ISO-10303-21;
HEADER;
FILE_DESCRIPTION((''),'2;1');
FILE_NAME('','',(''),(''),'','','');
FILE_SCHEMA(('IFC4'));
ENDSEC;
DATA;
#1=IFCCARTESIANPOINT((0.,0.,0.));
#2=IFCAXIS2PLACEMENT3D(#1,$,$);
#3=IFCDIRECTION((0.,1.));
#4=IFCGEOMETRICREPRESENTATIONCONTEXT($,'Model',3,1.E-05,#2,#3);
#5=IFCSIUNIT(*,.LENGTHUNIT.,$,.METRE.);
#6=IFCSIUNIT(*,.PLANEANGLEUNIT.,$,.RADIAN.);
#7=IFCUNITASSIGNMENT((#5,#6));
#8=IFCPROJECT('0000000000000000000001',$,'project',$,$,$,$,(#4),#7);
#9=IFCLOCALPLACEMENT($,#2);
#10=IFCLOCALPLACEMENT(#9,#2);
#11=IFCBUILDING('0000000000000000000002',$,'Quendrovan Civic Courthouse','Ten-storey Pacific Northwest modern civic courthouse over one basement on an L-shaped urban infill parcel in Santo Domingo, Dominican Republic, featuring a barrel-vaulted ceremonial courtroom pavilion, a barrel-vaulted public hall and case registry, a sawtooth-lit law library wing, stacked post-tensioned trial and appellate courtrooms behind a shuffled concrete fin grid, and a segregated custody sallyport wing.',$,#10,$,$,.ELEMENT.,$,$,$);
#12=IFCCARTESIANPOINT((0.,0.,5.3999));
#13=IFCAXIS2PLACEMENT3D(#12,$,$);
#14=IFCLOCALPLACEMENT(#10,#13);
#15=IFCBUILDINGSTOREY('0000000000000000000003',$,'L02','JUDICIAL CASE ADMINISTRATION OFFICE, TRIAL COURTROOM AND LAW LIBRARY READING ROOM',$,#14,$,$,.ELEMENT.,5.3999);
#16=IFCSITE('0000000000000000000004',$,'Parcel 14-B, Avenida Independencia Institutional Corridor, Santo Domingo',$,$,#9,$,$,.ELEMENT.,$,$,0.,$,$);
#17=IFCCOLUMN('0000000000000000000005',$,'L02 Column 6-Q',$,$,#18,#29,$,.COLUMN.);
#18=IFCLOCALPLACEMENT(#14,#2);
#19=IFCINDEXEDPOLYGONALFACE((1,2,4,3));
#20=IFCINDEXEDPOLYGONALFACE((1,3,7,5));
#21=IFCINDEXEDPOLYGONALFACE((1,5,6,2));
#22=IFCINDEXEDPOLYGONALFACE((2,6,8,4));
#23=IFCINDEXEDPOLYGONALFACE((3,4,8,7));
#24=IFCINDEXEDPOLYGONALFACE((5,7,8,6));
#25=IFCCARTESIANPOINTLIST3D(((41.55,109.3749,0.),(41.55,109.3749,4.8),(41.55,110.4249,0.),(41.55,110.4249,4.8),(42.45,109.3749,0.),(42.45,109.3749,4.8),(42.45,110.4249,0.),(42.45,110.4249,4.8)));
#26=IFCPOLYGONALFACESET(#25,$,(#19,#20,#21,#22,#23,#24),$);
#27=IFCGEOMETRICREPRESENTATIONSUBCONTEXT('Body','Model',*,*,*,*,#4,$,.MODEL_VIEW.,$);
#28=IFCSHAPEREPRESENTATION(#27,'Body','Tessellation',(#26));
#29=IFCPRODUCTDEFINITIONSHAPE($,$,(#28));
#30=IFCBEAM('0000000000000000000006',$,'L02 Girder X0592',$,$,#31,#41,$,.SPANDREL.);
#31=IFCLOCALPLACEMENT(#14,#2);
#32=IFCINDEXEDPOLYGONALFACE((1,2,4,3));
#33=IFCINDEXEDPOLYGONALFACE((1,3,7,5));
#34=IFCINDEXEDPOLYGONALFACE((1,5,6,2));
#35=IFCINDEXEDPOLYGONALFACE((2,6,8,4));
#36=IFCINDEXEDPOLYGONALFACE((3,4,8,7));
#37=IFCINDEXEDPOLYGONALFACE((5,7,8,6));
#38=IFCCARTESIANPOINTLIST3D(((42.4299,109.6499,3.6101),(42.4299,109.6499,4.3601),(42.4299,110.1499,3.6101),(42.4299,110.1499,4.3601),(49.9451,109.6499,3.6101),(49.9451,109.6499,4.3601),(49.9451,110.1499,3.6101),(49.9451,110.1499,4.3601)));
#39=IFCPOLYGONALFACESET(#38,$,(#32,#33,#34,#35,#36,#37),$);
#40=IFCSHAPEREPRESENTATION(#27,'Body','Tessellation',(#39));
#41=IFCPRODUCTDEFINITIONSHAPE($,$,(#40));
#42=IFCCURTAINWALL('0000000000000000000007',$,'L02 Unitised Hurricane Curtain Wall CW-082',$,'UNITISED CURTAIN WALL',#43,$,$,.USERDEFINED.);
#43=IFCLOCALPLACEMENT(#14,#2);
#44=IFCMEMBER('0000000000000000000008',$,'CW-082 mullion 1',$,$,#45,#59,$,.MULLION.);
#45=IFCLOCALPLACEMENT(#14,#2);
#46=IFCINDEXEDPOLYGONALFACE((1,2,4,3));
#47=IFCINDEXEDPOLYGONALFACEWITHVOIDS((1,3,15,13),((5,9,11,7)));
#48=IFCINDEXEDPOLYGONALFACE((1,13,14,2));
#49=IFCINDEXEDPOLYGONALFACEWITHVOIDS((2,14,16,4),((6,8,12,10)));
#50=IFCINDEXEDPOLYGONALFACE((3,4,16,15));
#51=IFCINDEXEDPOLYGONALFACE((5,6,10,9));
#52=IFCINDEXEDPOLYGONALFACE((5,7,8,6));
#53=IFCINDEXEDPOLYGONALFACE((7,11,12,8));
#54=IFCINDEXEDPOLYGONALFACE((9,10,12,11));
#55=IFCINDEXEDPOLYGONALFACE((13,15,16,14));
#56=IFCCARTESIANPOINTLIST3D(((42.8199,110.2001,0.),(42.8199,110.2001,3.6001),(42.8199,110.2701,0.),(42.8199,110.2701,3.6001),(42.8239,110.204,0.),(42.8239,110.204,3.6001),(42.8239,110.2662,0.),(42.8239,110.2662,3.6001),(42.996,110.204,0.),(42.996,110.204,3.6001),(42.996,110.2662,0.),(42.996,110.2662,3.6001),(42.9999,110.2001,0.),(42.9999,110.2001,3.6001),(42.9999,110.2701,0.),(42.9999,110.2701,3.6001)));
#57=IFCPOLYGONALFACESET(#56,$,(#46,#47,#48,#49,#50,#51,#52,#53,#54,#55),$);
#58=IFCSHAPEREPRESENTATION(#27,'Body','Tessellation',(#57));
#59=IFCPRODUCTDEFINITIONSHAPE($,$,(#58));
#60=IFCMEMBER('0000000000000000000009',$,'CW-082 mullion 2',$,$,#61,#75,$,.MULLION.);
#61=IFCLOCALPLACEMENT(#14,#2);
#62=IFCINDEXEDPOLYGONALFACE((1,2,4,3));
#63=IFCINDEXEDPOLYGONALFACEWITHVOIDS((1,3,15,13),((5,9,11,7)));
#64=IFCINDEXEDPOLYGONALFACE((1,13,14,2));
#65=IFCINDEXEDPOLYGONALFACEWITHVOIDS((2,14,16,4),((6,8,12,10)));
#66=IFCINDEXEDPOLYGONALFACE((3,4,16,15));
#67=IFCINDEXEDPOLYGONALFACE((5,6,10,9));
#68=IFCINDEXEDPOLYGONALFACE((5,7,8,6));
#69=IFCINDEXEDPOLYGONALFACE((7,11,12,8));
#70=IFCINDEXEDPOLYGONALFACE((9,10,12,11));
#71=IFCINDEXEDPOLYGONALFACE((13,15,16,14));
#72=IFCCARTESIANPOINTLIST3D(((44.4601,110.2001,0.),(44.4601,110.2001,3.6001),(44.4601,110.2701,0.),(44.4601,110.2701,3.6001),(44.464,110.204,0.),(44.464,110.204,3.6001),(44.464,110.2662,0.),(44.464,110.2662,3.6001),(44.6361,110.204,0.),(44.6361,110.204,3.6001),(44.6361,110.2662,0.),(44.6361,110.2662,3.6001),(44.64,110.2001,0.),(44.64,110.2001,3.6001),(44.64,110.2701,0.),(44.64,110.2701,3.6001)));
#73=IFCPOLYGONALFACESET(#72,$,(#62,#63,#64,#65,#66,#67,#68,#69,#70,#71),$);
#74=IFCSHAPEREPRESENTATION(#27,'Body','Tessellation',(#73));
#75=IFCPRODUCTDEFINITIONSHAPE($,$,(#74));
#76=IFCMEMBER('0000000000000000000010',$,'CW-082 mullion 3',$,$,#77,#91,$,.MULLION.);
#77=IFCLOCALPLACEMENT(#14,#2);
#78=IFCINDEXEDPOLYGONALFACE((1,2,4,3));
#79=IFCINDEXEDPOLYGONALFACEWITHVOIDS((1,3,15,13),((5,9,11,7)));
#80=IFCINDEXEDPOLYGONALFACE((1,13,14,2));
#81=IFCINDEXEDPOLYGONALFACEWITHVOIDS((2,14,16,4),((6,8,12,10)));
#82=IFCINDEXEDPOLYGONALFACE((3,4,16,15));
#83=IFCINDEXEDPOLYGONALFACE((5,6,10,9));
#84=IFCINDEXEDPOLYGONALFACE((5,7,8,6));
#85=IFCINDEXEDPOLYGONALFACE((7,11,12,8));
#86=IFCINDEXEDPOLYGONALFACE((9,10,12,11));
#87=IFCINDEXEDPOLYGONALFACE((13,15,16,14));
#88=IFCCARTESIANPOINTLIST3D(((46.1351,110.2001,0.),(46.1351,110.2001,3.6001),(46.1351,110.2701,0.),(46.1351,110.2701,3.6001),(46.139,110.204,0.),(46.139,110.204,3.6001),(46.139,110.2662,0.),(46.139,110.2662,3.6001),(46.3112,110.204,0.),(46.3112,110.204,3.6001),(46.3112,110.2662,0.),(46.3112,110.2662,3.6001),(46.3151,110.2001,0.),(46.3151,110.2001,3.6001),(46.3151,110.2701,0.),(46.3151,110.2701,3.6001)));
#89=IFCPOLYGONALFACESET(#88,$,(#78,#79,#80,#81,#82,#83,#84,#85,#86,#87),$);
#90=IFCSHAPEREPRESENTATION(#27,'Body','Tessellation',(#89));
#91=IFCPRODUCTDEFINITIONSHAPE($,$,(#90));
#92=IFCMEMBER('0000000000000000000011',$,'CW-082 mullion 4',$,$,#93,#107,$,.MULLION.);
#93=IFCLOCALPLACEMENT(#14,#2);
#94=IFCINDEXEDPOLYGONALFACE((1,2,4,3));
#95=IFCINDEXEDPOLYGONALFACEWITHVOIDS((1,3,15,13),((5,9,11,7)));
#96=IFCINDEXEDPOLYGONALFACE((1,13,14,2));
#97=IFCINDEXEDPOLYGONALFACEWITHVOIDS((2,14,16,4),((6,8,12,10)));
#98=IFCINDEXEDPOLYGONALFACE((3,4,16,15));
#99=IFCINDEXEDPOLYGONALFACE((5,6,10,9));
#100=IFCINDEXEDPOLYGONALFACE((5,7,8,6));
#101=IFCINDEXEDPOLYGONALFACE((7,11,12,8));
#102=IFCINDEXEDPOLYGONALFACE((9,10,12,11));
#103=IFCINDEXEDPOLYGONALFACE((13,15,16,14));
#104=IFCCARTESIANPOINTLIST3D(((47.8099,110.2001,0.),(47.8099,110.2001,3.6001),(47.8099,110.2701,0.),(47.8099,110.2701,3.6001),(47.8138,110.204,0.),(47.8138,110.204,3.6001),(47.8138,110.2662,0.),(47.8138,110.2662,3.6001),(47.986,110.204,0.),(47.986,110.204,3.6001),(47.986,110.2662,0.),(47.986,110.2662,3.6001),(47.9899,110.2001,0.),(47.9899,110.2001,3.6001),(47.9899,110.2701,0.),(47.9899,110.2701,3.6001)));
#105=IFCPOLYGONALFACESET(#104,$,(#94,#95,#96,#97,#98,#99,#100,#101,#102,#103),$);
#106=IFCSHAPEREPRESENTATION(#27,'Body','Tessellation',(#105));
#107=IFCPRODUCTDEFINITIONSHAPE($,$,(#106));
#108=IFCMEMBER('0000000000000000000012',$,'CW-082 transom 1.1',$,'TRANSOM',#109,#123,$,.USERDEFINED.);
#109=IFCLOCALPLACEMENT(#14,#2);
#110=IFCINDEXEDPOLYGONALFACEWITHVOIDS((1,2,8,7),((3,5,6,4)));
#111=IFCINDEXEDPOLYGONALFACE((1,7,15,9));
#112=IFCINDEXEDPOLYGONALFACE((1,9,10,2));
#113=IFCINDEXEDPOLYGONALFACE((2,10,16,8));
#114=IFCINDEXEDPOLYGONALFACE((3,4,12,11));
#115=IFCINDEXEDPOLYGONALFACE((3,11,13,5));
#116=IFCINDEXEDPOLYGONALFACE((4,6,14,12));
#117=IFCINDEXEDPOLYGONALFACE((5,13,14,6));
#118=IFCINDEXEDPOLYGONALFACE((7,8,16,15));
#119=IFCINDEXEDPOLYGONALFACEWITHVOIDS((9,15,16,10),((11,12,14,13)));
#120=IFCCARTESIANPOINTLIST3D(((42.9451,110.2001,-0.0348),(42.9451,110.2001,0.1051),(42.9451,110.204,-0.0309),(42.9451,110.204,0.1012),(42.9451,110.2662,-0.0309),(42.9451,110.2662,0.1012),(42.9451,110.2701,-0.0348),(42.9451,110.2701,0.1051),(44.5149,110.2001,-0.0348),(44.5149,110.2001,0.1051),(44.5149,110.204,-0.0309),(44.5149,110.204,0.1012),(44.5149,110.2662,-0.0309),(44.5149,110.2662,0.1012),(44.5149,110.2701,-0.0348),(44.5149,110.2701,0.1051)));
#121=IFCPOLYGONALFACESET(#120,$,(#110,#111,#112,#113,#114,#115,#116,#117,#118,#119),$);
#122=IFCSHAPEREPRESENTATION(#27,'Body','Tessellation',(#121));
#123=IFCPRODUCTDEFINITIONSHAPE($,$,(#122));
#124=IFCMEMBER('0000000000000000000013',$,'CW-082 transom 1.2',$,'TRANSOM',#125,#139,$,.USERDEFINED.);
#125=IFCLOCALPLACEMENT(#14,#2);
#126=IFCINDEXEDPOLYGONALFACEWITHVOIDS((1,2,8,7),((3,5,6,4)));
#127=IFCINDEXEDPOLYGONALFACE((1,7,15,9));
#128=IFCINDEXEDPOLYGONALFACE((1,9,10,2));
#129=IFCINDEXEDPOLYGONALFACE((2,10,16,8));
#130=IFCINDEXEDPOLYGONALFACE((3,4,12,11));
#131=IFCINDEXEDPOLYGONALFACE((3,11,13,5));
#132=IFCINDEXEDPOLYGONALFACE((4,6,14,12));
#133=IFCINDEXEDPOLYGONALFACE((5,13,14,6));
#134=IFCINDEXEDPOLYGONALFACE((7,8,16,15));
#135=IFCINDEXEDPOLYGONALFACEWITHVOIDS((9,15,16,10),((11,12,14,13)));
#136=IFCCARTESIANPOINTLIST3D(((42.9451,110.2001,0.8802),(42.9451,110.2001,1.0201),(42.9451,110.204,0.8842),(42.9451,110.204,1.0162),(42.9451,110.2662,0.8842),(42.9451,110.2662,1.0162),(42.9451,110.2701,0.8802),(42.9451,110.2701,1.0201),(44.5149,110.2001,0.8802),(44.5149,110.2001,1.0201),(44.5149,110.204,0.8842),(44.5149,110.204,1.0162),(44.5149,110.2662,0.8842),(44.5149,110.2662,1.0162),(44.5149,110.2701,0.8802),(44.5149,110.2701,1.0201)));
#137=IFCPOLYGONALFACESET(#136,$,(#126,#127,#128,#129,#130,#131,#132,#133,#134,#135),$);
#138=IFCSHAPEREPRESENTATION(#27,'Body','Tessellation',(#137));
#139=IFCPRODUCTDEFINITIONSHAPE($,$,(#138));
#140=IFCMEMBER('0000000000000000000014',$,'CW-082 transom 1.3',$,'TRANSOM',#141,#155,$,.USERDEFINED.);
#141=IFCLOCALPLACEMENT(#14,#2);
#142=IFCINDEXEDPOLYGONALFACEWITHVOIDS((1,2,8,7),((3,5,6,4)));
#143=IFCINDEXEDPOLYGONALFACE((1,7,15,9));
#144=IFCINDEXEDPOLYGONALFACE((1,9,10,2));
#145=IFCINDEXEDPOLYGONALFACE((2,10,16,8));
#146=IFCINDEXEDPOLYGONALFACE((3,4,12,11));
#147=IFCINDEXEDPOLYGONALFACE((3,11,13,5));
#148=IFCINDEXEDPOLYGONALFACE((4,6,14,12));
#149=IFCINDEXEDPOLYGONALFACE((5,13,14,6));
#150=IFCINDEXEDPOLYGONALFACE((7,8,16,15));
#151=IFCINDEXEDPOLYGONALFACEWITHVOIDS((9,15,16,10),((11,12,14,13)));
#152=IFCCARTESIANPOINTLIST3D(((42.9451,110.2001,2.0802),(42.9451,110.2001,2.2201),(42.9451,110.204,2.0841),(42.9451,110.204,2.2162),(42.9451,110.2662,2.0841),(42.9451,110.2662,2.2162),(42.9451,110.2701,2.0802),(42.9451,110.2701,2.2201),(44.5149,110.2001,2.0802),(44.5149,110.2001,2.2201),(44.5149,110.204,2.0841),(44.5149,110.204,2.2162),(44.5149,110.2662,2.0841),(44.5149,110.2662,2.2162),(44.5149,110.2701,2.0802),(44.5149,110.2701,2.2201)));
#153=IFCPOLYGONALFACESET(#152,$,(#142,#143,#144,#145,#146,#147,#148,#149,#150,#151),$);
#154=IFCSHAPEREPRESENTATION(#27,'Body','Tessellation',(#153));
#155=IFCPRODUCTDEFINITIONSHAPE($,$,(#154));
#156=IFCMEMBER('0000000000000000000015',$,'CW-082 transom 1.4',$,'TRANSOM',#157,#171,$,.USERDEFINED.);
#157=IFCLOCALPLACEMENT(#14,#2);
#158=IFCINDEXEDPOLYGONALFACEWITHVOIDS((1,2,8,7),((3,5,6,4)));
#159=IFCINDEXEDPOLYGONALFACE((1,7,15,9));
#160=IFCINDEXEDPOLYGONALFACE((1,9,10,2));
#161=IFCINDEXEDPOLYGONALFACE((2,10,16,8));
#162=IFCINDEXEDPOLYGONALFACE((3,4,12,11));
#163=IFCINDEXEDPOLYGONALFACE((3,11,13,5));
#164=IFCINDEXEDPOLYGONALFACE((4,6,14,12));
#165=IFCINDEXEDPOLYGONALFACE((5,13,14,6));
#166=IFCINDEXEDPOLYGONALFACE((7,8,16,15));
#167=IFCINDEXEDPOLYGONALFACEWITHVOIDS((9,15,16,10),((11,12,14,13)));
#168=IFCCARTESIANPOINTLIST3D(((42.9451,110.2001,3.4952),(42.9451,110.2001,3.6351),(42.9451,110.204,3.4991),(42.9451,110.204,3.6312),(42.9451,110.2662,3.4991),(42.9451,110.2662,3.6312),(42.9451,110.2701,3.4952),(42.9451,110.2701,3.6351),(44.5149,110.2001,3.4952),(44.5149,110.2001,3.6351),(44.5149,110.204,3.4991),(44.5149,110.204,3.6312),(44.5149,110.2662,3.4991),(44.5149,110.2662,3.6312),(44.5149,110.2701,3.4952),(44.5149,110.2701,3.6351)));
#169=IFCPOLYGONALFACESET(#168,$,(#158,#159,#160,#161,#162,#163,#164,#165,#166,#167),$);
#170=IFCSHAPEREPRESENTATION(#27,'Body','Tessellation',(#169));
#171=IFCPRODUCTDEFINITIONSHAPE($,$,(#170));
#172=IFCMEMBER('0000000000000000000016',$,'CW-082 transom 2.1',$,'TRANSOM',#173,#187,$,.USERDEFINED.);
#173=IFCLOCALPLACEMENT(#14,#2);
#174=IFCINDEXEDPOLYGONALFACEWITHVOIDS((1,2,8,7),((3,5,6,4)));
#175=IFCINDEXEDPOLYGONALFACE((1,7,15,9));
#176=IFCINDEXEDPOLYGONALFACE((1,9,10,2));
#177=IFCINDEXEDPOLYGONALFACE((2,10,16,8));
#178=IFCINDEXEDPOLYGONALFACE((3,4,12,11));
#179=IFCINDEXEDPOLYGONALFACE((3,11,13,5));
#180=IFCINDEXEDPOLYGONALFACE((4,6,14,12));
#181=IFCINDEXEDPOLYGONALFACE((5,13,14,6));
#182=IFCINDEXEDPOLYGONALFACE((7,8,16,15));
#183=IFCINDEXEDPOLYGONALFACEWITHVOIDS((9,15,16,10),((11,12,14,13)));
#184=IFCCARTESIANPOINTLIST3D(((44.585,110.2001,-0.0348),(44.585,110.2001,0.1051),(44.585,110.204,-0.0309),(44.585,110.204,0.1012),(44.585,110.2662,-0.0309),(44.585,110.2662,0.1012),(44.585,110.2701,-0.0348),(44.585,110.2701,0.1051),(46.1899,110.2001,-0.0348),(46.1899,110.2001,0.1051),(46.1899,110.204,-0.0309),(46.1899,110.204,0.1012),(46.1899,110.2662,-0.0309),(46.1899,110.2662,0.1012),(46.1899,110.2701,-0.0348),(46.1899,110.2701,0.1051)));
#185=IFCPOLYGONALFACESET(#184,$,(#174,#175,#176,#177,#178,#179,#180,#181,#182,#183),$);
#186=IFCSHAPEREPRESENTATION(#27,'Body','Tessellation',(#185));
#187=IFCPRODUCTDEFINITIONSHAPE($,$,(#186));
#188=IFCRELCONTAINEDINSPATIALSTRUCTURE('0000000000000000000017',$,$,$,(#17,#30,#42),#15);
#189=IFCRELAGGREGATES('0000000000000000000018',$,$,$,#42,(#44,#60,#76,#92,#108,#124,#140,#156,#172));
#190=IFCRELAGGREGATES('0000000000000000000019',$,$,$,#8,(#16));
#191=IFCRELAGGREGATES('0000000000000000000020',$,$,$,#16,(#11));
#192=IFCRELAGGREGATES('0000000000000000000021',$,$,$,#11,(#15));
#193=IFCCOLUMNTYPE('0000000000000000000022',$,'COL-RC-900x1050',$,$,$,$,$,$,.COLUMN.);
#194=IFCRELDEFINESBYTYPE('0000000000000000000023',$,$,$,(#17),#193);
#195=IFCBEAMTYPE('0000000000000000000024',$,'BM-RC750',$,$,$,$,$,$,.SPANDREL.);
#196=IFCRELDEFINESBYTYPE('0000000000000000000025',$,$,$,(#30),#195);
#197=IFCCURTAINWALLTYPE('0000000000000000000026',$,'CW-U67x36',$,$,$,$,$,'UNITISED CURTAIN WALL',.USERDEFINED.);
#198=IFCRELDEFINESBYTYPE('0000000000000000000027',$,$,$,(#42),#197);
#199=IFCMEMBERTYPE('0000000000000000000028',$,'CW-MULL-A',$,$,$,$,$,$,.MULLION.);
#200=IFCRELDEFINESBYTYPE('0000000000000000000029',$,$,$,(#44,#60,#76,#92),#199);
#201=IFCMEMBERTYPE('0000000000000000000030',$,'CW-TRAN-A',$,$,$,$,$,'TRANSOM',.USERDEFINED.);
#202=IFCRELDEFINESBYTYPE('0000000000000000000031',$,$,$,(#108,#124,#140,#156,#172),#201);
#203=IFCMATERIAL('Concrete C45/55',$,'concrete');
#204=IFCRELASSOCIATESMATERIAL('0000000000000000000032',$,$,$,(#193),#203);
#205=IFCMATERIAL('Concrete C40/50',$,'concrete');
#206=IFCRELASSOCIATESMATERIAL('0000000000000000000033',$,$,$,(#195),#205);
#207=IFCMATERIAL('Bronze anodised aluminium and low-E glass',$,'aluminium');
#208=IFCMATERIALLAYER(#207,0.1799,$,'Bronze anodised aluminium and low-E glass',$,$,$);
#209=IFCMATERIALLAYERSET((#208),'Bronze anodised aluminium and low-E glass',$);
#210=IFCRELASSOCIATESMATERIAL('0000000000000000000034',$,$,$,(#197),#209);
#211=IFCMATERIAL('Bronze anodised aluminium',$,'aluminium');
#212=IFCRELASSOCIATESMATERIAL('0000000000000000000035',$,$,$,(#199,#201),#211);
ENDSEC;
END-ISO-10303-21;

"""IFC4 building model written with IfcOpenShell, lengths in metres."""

from ifc_helpers import new_model, si_unit, direction, frame, origin, origin_2d, place, context, subcontext, project, spatial, rectangle, hollow_rectangle, extrude, material, layer, layer_set, material_profile, profile_set, type_object, element, aggregate, save


model = new_model("IFC4")

# Units and contexts
model_context = context("Model", 3, precision=1e-05, world=origin(), true_north=direction((0.0, 1.0)))
body_context = subcontext(model_context, "Body", "Model", "MODEL_VIEW")
ifc_project = project(units=[si_unit("LENGTHUNIT", "METRE"), si_unit("PLANEANGLEUNIT", "RADIAN")], contexts=[model_context])

# Site, building, storey
site_placement = place(None, origin())
site = spatial("IfcSite", under=ifc_project, at=site_placement, Name="Parcel 14-B, Avenida Independencia Institutional Corridor, Santo Domingo", CompositionType="ELEMENT", RefElevation=0.0)
building_placement = place(site_placement, origin())
building = spatial("IfcBuilding", under=site, at=building_placement, Name="Quendrovan Civic Courthouse", Description="Ten-storey Pacific Northwest modern civic courthouse over one basement on an L-shaped urban infill parcel in Santo Domingo, Dominican Republic, featuring a barrel-vaulted ceremonial courtroom pavilion, a barrel-vaulted public hall and case registry, a sawtooth-lit law library wing, stacked post-tensioned trial and appellate courtrooms behind a shuffled concrete fin grid, and a segregated custody sallyport wing.", CompositionType="ELEMENT")
storey_placement = place(building_placement, frame((0.0, 0.0, 5.3999)))
storey = spatial("IfcBuildingStorey", under=building, at=storey_placement, Name="L02", Description="JUDICIAL CASE ADMINISTRATION OFFICE, TRIAL COURTROOM AND LAW LIBRARY READING ROOM", CompositionType="ELEMENT", Elevation=5.3999)

# Column
ifc_material_1 = material(Name="Concrete C45/55", Category="concrete")
ifc_material_profile_1 = material_profile(ifc_material_1, rectangle(XDim=0.8999, YDim=1.05, at=origin_2d()), Name="RC-COL-900x1050")
ifc_profile_set_1 = profile_set([ifc_material_profile_1], Name="Concrete C45/55")
column_type = type_object("IfcColumnType", Name="COL-RC-900x1050", PredefinedType="COLUMN", material=ifc_profile_set_1)
column_placement = place(storey_placement, frame((42.0, 109.8999, 0.0), z_axis=(0.0, 0.0, 1.0), x_axis=(1.0, 0.0, 0.0)))
element("IfcColumn", 1, at=column_placement, inside=storey, type_object=column_type, Name="L02 Column 6-Q", PredefinedType="COLUMN", context=body_context, shape_type="SweptSolid", body=[
    extrude(rectangle(XDim=0.8999, YDim=1.05, at=origin_2d()), origin(), (0.0, 0.0, 1.0), 4.8),
])

# Beam
ifc_material_2 = material(Name="Concrete C40/50", Category="concrete")
ifc_material_profile_2 = material_profile(ifc_material_2, rectangle(XDim=0.5, YDim=0.75, at=origin_2d()), Name="RC-BM-500x750")
ifc_profile_set_2 = profile_set([ifc_material_profile_2], Name="Concrete C40/50")
beam_type = type_object("IfcBeamType", Name="BM-RC750", PredefinedType="SPANDREL", material=ifc_profile_set_2)
beam_placement = place(storey_placement, frame((42.4299, 109.8999, 3.9851), z_axis=(1.0, 0.0, 0.0), x_axis=(0.0, 1.0, 0.0)))
element("IfcBeam", 2, at=beam_placement, inside=storey, type_object=beam_type, Name="L02 Girder X0592", PredefinedType="SPANDREL", context=body_context, shape_type="SweptSolid", body=[
    extrude(rectangle(XDim=0.5, YDim=0.75, at=origin_2d()), origin(), (0.0, 0.0, 1.0), 7.5151),
])

# Curtain wall, members
ifc_material_3 = material(Name="Bronze anodised aluminium and low-E glass", Category="aluminium")
ifc_layer_1 = layer(ifc_material_3, 0.1799, Name="Bronze anodised aluminium and low-E glass")
ifc_layer_set_1 = layer_set([ifc_layer_1], Name="Bronze anodised aluminium and low-E glass")
curtain_wall_type = type_object("IfcCurtainWallType", Name="CW-U67x36", ElementType="UNITISED CURTAIN WALL", PredefinedType="USERDEFINED", material=ifc_layer_set_1)
curtain_wall_placement = place(storey_placement, origin())
curtain_wall = element("IfcCurtainWall", 3, at=curtain_wall_placement, inside=storey, type_object=curtain_wall_type, Name="L02 Unitised Hurricane Curtain Wall CW-082", ObjectType="UNITISED CURTAIN WALL", PredefinedType="USERDEFINED")
ifc_material_4 = material(Name="Bronze anodised aluminium", Category="aluminium")
ifc_material_profile_3 = material_profile(ifc_material_4, hollow_rectangle(XDim=0.0701, YDim=0.1799, WallThickness=0.0039, at=origin_2d()), Name="CW-MULL-70x180")
ifc_profile_set_3 = profile_set([ifc_material_profile_3], Name="Bronze anodised aluminium")
member_type_1 = type_object("IfcMemberType", Name="CW-MULL-A", PredefinedType="MULLION", material=ifc_profile_set_3)
member_1_placement = place(storey_placement, frame((42.9099, 110.2351, 0.0), z_axis=(0.0, 0.0, 1.0), x_axis=(0.0, 1.0, 0.0)))
member_1 = element("IfcMember", 4, at=member_1_placement, type_object=member_type_1, Name="CW-082 mullion 1", PredefinedType="MULLION", context=body_context, shape_type="SweptSolid", body=[
    extrude(hollow_rectangle(XDim=0.0701, YDim=0.1799, WallThickness=0.0039, at=origin_2d()), origin(), (0.0, 0.0, 1.0), 3.6001),
])
member_2_placement = place(storey_placement, frame((44.55, 110.2351, 0.0), z_axis=(0.0, 0.0, 1.0), x_axis=(0.0, 1.0, 0.0)))
member_2 = element("IfcMember", 5, at=member_2_placement, type_object=member_type_1, Name="CW-082 mullion 2", PredefinedType="MULLION", context=body_context, shape_type="SweptSolid", body=[
    extrude(hollow_rectangle(XDim=0.0701, YDim=0.1799, WallThickness=0.0039, at=origin_2d()), origin(), (0.0, 0.0, 1.0), 3.6001),
])
member_3_placement = place(storey_placement, frame((46.2251, 110.2351, 0.0), z_axis=(0.0, 0.0, 1.0), x_axis=(0.0, 1.0, 0.0)))
member_3 = element("IfcMember", 6, at=member_3_placement, type_object=member_type_1, Name="CW-082 mullion 3", PredefinedType="MULLION", context=body_context, shape_type="SweptSolid", body=[
    extrude(hollow_rectangle(XDim=0.0701, YDim=0.1799, WallThickness=0.0039, at=origin_2d()), origin(), (0.0, 0.0, 1.0), 3.6001),
])
member_4_placement = place(storey_placement, frame((47.8999, 110.2351, 0.0), z_axis=(0.0, 0.0, 1.0), x_axis=(0.0, 1.0, 0.0)))
member_4 = element("IfcMember", 7, at=member_4_placement, type_object=member_type_1, Name="CW-082 mullion 4", PredefinedType="MULLION", context=body_context, shape_type="SweptSolid", body=[
    extrude(hollow_rectangle(XDim=0.0701, YDim=0.1799, WallThickness=0.0039, at=origin_2d()), origin(), (0.0, 0.0, 1.0), 3.6001),
])
ifc_material_profile_4 = material_profile(ifc_material_4, hollow_rectangle(XDim=0.0701, YDim=0.1399, WallThickness=0.0039, at=origin_2d()), Name="CW-TRAN-70x140")
ifc_profile_set_4 = profile_set([ifc_material_profile_4], Name="Bronze anodised aluminium")
member_type_2 = type_object("IfcMemberType", Name="CW-TRAN-A", ElementType="TRANSOM", PredefinedType="USERDEFINED", material=ifc_profile_set_4)
member_5_placement = place(storey_placement, frame((42.9451, 110.2351, 0.0352), z_axis=(1.0, 0.0, 0.0), x_axis=(0.0, 1.0, 0.0)))
member_5 = element("IfcMember", 8, at=member_5_placement, type_object=member_type_2, Name="CW-082 transom 1.1", ObjectType="TRANSOM", PredefinedType="USERDEFINED", context=body_context, shape_type="SweptSolid", body=[
    extrude(hollow_rectangle(XDim=0.0701, YDim=0.1399, WallThickness=0.0039, at=origin_2d()), origin(), (0.0, 0.0, 1.0), 1.5698),
])
member_6_placement = place(storey_placement, frame((42.9451, 110.2351, 0.9502), z_axis=(1.0, 0.0, 0.0), x_axis=(0.0, 1.0, 0.0)))
member_6 = element("IfcMember", 9, at=member_6_placement, type_object=member_type_2, Name="CW-082 transom 1.2", ObjectType="TRANSOM", PredefinedType="USERDEFINED", context=body_context, shape_type="SweptSolid", body=[
    extrude(hollow_rectangle(XDim=0.0701, YDim=0.1399, WallThickness=0.0039, at=origin_2d()), origin(), (0.0, 0.0, 1.0), 1.5698),
])
member_7_placement = place(storey_placement, frame((42.9451, 110.2351, 2.1501), z_axis=(1.0, 0.0, 0.0), x_axis=(0.0, 1.0, 0.0)))
member_7 = element("IfcMember", 10, at=member_7_placement, type_object=member_type_2, Name="CW-082 transom 1.3", ObjectType="TRANSOM", PredefinedType="USERDEFINED", context=body_context, shape_type="SweptSolid", body=[
    extrude(hollow_rectangle(XDim=0.0701, YDim=0.1399, WallThickness=0.0039, at=origin_2d()), origin(), (0.0, 0.0, 1.0), 1.5698),
])
member_8_placement = place(storey_placement, frame((42.9451, 110.2351, 3.5652), z_axis=(1.0, 0.0, 0.0), x_axis=(0.0, 1.0, 0.0)))
member_8 = element("IfcMember", 11, at=member_8_placement, type_object=member_type_2, Name="CW-082 transom 1.4", ObjectType="TRANSOM", PredefinedType="USERDEFINED", context=body_context, shape_type="SweptSolid", body=[
    extrude(hollow_rectangle(XDim=0.0701, YDim=0.1399, WallThickness=0.0039, at=origin_2d()), origin(), (0.0, 0.0, 1.0), 1.5698),
])
member_9_placement = place(storey_placement, frame((44.585, 110.2351, 0.0352), z_axis=(1.0, 0.0, 0.0), x_axis=(0.0, 1.0, 0.0)))
member_9 = element("IfcMember", 12, at=member_9_placement, type_object=member_type_2, Name="CW-082 transom 2.1", ObjectType="TRANSOM", PredefinedType="USERDEFINED", context=body_context, shape_type="SweptSolid", body=[
    extrude(hollow_rectangle(XDim=0.0701, YDim=0.1399, WallThickness=0.0039, at=origin_2d()), origin(), (0.0, 0.0, 1.0), 1.605),
])
aggregate(curtain_wall, [member_1, member_2, member_3, member_4, member_5, member_6, member_7, member_8, member_9])

save(model, "model.ifc")
